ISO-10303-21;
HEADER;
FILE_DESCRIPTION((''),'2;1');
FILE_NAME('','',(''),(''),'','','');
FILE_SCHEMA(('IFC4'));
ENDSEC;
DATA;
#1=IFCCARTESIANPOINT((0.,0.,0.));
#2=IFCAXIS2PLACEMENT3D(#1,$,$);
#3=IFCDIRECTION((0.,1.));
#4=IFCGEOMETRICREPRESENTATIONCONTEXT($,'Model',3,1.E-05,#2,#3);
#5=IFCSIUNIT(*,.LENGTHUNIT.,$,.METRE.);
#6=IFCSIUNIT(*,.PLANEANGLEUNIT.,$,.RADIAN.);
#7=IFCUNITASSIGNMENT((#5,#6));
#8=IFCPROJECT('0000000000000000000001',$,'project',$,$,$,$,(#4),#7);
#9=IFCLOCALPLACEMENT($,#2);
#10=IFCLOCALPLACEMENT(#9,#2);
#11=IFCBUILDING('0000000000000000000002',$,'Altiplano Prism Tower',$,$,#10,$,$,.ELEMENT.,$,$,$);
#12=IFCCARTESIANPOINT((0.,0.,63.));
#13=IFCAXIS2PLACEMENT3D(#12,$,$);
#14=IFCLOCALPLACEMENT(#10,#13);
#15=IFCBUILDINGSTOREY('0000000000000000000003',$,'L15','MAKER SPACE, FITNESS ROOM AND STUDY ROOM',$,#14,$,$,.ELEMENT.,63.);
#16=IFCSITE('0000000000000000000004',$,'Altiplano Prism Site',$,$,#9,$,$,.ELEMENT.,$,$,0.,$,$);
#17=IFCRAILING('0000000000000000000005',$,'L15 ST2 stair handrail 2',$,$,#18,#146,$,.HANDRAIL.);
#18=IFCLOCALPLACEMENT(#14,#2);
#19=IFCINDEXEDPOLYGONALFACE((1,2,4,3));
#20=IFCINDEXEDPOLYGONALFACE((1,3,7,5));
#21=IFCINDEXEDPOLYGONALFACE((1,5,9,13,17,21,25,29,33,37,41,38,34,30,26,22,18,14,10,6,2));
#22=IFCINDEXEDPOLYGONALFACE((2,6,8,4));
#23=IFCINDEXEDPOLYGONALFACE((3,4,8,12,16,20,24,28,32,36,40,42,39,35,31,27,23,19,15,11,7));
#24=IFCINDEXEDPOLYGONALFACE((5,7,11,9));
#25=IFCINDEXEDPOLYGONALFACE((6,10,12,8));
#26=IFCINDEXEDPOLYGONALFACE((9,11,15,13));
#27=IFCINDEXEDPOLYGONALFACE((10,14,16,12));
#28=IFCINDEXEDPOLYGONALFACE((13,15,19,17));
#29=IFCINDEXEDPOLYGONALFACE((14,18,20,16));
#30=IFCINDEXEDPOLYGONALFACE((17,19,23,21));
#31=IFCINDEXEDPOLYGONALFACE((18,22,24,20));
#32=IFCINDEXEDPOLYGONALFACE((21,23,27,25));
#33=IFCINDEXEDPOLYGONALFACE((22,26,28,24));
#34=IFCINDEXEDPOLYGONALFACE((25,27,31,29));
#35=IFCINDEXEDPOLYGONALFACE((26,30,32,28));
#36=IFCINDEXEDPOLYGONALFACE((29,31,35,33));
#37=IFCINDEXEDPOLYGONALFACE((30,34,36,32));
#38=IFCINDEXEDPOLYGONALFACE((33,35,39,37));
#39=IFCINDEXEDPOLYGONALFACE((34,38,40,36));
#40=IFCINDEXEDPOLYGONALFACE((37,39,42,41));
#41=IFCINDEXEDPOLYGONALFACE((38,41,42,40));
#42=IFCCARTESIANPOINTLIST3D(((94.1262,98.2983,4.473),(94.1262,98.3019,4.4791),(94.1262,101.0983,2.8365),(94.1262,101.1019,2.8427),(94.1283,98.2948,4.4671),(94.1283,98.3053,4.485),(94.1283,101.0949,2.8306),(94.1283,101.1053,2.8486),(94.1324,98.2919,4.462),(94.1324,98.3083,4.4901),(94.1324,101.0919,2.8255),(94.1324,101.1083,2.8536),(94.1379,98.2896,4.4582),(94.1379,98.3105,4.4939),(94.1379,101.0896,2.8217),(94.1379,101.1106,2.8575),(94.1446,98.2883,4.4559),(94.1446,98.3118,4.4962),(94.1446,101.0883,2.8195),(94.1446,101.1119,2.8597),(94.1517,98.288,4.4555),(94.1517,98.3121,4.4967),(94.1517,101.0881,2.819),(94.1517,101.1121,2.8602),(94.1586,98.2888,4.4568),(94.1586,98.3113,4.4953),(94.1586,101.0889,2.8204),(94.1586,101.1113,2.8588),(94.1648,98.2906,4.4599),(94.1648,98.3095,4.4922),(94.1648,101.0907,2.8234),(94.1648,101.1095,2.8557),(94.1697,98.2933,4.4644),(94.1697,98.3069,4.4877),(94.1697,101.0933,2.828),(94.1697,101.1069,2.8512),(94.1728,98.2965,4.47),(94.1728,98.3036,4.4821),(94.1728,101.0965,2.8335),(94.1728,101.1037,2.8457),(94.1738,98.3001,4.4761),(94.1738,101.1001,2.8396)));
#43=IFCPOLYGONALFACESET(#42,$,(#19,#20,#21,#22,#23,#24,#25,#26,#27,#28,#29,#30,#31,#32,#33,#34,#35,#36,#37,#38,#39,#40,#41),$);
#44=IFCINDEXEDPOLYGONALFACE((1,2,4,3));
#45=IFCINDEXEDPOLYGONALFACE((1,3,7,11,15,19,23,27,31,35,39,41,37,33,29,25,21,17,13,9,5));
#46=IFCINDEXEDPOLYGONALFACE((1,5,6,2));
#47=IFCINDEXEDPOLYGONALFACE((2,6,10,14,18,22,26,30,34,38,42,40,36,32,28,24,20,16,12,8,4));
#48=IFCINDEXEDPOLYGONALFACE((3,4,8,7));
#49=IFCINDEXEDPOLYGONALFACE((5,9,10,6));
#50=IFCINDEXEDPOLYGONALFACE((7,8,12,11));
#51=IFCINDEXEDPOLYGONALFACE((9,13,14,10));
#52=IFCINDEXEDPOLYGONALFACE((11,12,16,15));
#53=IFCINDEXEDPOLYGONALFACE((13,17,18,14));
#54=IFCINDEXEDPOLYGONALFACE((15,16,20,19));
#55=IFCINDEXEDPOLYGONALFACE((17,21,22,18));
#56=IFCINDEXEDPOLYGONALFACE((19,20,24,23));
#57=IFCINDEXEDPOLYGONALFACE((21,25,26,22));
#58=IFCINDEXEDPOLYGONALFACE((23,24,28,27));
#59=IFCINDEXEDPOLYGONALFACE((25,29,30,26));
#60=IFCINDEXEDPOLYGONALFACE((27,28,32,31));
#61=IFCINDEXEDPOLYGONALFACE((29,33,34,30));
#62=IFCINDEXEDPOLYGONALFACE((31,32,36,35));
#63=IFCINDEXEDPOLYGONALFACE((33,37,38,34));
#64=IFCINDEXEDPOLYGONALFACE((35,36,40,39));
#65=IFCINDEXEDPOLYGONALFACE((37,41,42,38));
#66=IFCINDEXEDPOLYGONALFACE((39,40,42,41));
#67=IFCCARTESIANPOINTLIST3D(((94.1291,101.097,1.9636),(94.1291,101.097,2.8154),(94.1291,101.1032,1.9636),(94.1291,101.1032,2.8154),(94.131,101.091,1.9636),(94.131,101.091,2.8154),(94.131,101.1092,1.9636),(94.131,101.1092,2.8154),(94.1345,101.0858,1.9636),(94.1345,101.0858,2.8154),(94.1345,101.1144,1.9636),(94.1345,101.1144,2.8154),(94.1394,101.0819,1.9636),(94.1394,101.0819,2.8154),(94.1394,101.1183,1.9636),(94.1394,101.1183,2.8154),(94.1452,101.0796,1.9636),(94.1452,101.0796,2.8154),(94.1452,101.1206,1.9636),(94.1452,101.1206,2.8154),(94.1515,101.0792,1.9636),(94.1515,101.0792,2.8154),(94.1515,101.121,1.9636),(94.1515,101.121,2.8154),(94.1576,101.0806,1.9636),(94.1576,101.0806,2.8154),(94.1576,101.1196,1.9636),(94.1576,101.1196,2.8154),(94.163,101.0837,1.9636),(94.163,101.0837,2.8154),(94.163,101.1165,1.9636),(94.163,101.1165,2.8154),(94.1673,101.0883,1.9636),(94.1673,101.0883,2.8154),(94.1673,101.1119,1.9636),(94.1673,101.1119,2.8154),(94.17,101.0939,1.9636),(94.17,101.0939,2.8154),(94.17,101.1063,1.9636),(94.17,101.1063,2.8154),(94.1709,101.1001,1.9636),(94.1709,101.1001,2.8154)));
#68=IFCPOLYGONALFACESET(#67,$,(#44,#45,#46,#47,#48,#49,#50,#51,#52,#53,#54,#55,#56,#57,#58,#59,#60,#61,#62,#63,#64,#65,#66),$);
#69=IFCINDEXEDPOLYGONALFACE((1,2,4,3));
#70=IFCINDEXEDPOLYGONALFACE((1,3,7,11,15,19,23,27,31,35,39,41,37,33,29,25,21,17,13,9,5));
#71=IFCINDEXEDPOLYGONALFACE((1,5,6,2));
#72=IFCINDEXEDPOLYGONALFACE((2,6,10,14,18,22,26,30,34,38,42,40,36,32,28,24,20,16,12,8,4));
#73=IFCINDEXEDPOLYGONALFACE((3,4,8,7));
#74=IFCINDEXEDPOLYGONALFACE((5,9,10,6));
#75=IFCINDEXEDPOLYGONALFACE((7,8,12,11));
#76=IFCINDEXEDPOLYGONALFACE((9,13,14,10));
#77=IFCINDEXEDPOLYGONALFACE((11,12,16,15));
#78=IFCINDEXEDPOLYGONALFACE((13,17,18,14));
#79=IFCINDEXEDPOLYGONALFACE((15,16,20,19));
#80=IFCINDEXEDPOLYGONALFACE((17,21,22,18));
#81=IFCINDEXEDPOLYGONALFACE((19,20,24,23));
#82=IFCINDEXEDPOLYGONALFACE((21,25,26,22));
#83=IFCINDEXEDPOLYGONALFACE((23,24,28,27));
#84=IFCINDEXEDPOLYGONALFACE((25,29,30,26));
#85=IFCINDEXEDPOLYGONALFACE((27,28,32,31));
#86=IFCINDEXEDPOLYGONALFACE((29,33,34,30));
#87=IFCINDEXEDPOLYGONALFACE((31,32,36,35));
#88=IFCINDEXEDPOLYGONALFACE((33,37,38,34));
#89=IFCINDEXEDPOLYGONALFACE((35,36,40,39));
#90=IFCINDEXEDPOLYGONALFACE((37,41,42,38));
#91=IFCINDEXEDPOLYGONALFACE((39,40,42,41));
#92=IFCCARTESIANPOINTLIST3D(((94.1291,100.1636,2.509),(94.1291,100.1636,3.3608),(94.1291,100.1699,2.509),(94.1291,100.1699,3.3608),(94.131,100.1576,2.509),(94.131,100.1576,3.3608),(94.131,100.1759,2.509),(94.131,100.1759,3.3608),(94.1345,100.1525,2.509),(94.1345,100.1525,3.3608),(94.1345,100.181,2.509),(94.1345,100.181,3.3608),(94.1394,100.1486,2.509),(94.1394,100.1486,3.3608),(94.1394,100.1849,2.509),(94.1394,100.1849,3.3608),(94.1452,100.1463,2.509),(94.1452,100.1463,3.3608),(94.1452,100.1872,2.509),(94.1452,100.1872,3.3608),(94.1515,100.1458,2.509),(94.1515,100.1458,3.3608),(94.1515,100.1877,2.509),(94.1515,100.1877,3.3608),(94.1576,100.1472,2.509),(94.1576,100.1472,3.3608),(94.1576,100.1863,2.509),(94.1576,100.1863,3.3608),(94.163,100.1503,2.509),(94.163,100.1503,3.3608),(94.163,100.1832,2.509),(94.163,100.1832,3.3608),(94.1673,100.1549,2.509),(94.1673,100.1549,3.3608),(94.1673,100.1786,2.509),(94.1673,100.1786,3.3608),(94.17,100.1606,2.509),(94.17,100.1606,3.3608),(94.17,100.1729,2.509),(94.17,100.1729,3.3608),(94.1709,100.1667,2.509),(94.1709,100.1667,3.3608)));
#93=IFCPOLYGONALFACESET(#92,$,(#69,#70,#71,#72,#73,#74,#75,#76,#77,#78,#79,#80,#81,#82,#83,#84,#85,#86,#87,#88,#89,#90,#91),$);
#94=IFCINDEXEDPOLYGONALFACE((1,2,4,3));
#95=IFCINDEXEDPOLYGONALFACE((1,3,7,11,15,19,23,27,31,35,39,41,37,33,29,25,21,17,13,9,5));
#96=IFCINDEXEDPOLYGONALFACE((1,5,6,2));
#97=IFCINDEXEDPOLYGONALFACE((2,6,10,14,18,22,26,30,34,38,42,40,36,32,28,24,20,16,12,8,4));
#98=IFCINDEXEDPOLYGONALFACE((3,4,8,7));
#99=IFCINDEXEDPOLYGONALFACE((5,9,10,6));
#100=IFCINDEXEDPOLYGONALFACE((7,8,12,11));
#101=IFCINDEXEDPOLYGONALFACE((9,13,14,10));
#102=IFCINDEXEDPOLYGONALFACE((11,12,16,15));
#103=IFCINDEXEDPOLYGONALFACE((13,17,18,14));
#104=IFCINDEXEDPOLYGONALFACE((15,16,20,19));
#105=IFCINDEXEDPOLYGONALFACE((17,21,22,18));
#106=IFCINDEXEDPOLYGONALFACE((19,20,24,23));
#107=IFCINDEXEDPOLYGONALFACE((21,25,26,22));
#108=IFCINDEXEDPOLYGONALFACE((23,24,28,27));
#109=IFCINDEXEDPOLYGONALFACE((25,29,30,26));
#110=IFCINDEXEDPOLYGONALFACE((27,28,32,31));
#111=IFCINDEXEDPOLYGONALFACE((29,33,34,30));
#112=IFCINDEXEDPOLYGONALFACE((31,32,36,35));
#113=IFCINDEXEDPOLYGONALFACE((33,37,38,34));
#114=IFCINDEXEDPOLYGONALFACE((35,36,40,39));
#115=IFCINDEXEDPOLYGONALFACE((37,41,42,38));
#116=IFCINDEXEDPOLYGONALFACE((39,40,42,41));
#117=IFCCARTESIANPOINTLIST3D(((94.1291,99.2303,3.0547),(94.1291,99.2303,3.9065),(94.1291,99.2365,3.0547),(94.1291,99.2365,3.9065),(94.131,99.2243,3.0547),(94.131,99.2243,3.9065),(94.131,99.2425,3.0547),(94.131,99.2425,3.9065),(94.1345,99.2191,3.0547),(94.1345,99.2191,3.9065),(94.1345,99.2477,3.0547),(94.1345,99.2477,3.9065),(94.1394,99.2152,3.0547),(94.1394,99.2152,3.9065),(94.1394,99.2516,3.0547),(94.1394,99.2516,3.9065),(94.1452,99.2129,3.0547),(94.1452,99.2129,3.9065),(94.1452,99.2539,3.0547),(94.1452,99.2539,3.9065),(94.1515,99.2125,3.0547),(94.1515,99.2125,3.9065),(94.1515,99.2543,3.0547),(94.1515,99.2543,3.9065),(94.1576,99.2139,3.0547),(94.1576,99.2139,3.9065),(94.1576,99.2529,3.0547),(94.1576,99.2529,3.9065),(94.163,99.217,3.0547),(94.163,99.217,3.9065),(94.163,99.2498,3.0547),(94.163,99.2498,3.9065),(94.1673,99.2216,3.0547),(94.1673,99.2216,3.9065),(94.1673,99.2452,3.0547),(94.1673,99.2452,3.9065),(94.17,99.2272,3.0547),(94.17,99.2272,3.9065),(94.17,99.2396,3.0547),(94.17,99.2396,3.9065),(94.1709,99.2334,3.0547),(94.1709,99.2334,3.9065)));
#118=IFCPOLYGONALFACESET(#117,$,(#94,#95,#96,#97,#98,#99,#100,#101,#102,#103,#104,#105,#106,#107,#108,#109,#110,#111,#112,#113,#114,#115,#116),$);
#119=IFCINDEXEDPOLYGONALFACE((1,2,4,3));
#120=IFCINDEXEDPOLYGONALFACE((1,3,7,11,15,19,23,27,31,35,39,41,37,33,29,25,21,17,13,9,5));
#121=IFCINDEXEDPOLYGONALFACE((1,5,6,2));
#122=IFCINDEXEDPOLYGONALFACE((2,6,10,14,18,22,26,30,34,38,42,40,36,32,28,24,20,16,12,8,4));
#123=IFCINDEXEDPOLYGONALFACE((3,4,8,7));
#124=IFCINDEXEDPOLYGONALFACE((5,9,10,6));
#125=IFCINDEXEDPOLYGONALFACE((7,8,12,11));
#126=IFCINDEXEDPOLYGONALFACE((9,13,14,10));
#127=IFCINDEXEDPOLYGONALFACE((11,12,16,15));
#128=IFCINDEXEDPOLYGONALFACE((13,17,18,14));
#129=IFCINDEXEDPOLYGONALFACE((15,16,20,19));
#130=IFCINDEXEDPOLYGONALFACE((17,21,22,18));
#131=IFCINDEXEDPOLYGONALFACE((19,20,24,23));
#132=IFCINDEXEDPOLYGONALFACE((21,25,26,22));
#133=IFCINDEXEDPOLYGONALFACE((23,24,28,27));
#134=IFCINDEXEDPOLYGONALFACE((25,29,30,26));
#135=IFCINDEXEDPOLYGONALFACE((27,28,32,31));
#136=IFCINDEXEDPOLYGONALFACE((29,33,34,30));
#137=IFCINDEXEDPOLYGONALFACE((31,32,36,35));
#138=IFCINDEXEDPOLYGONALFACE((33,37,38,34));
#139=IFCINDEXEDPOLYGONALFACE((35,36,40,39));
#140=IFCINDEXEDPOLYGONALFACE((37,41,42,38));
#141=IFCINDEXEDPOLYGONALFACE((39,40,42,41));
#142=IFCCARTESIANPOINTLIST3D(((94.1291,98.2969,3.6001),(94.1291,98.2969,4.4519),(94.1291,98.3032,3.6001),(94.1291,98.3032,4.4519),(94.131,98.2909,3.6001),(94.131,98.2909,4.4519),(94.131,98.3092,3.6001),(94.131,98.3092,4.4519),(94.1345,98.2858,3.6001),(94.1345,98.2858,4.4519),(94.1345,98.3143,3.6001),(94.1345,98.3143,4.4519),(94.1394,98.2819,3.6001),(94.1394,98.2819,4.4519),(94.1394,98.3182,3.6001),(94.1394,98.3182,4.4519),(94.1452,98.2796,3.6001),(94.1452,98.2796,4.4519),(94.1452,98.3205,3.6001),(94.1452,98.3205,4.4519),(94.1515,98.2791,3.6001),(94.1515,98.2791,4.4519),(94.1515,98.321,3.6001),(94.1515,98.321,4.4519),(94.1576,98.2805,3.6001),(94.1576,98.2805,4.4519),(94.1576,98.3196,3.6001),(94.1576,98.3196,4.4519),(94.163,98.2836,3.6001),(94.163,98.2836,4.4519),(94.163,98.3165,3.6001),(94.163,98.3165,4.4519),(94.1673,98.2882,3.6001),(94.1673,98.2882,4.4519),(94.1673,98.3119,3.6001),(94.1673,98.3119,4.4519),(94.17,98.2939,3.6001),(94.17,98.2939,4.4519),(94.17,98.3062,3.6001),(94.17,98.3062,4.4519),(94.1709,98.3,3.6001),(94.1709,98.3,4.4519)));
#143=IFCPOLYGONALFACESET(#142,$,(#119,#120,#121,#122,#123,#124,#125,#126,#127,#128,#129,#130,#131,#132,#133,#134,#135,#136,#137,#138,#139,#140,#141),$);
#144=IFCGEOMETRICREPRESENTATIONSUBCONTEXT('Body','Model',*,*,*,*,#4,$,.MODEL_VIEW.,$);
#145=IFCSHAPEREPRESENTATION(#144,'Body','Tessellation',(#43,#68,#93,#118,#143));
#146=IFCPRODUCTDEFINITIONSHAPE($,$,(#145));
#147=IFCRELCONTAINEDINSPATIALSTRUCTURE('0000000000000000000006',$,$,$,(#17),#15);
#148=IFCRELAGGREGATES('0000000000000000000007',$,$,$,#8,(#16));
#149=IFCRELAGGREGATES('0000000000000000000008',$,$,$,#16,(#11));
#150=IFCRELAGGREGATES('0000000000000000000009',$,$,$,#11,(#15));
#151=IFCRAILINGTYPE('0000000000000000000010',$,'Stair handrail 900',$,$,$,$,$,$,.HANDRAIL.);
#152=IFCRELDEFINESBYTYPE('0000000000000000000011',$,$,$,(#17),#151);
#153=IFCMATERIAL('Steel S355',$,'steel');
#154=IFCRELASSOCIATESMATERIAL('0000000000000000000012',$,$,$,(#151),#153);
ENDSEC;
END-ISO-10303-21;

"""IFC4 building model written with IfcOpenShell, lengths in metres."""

from ifc_helpers import new_model, si_unit, direction, frame, origin, origin_2d, place, context, subcontext, project, spatial, circle, extrude, material, type_object, element, save


model = new_model("IFC4")

# Units and contexts
model_context = context("Model", 3, precision=1e-05, world=origin(), true_north=direction((0.0, 1.0)))
body_context = subcontext(model_context, "Body", "Model", "MODEL_VIEW")
ifc_project = project(units=[si_unit("LENGTHUNIT", "METRE"), si_unit("PLANEANGLEUNIT", "RADIAN")], contexts=[model_context])

# Site, building, storey
site_placement = place(None, origin())
site = spatial("IfcSite", under=ifc_project, at=site_placement, Name="Altiplano Prism Site", CompositionType="ELEMENT", RefElevation=0.0)
building_placement = place(site_placement, origin())
building = spatial("IfcBuilding", under=site, at=building_placement, Name="Altiplano Prism Tower", CompositionType="ELEMENT")
storey_placement = place(building_placement, frame((0.0, 0.0, 63.0)))
storey = spatial("IfcBuildingStorey", under=building, at=storey_placement, Name="L15", Description="MAKER SPACE, FITNESS ROOM AND STUDY ROOM", CompositionType="ELEMENT", Elevation=63.0)

# Railing
ifc_material_1 = material(Name="Steel S355", Category="steel")
railing_type_1 = type_object("IfcRailingType", Name="Stair handrail 900", PredefinedType="HANDRAIL", material=ifc_material_1)
for number, where, name in (
    (1, (94.1499, 101.1001, 1.9636), "L15 ST2 stair handrail 2"),
):
    element("IfcRailing", number, at=place(storey_placement, frame(where)), inside=storey, type_object=railing_type_1, Name=name, PredefinedType="HANDRAIL", context=body_context, shape_type="SweptSolid", body=[
        extrude(circle(Radius=0.0239, at=origin_2d()), frame((0.0, 0.0, 0.876), z_axis=(0.0, -0.863361, 0.504587), x_axis=(1.0, 0.0, 0.0)), (0.0, 0.0, 1.0), 3.2432),
        extrude(circle(Radius=0.021, at=origin_2d()), origin(), (0.0, 0.0, 1.0), 0.8518),
        extrude(circle(Radius=0.021, at=origin_2d()), frame((0.0, -0.9333, 0.5454)), (0.0, 0.0, 1.0), 0.8518),
        extrude(circle(Radius=0.021, at=origin_2d()), frame((0.0, -1.8667, 1.0911)), (0.0, 0.0, 1.0), 0.8518),
        extrude(circle(Radius=0.021, at=origin_2d()), frame((0.0, -2.8, 1.6365)), (0.0, 0.0, 1.0), 0.8518),
    ])

save(model, "model.ifc")
